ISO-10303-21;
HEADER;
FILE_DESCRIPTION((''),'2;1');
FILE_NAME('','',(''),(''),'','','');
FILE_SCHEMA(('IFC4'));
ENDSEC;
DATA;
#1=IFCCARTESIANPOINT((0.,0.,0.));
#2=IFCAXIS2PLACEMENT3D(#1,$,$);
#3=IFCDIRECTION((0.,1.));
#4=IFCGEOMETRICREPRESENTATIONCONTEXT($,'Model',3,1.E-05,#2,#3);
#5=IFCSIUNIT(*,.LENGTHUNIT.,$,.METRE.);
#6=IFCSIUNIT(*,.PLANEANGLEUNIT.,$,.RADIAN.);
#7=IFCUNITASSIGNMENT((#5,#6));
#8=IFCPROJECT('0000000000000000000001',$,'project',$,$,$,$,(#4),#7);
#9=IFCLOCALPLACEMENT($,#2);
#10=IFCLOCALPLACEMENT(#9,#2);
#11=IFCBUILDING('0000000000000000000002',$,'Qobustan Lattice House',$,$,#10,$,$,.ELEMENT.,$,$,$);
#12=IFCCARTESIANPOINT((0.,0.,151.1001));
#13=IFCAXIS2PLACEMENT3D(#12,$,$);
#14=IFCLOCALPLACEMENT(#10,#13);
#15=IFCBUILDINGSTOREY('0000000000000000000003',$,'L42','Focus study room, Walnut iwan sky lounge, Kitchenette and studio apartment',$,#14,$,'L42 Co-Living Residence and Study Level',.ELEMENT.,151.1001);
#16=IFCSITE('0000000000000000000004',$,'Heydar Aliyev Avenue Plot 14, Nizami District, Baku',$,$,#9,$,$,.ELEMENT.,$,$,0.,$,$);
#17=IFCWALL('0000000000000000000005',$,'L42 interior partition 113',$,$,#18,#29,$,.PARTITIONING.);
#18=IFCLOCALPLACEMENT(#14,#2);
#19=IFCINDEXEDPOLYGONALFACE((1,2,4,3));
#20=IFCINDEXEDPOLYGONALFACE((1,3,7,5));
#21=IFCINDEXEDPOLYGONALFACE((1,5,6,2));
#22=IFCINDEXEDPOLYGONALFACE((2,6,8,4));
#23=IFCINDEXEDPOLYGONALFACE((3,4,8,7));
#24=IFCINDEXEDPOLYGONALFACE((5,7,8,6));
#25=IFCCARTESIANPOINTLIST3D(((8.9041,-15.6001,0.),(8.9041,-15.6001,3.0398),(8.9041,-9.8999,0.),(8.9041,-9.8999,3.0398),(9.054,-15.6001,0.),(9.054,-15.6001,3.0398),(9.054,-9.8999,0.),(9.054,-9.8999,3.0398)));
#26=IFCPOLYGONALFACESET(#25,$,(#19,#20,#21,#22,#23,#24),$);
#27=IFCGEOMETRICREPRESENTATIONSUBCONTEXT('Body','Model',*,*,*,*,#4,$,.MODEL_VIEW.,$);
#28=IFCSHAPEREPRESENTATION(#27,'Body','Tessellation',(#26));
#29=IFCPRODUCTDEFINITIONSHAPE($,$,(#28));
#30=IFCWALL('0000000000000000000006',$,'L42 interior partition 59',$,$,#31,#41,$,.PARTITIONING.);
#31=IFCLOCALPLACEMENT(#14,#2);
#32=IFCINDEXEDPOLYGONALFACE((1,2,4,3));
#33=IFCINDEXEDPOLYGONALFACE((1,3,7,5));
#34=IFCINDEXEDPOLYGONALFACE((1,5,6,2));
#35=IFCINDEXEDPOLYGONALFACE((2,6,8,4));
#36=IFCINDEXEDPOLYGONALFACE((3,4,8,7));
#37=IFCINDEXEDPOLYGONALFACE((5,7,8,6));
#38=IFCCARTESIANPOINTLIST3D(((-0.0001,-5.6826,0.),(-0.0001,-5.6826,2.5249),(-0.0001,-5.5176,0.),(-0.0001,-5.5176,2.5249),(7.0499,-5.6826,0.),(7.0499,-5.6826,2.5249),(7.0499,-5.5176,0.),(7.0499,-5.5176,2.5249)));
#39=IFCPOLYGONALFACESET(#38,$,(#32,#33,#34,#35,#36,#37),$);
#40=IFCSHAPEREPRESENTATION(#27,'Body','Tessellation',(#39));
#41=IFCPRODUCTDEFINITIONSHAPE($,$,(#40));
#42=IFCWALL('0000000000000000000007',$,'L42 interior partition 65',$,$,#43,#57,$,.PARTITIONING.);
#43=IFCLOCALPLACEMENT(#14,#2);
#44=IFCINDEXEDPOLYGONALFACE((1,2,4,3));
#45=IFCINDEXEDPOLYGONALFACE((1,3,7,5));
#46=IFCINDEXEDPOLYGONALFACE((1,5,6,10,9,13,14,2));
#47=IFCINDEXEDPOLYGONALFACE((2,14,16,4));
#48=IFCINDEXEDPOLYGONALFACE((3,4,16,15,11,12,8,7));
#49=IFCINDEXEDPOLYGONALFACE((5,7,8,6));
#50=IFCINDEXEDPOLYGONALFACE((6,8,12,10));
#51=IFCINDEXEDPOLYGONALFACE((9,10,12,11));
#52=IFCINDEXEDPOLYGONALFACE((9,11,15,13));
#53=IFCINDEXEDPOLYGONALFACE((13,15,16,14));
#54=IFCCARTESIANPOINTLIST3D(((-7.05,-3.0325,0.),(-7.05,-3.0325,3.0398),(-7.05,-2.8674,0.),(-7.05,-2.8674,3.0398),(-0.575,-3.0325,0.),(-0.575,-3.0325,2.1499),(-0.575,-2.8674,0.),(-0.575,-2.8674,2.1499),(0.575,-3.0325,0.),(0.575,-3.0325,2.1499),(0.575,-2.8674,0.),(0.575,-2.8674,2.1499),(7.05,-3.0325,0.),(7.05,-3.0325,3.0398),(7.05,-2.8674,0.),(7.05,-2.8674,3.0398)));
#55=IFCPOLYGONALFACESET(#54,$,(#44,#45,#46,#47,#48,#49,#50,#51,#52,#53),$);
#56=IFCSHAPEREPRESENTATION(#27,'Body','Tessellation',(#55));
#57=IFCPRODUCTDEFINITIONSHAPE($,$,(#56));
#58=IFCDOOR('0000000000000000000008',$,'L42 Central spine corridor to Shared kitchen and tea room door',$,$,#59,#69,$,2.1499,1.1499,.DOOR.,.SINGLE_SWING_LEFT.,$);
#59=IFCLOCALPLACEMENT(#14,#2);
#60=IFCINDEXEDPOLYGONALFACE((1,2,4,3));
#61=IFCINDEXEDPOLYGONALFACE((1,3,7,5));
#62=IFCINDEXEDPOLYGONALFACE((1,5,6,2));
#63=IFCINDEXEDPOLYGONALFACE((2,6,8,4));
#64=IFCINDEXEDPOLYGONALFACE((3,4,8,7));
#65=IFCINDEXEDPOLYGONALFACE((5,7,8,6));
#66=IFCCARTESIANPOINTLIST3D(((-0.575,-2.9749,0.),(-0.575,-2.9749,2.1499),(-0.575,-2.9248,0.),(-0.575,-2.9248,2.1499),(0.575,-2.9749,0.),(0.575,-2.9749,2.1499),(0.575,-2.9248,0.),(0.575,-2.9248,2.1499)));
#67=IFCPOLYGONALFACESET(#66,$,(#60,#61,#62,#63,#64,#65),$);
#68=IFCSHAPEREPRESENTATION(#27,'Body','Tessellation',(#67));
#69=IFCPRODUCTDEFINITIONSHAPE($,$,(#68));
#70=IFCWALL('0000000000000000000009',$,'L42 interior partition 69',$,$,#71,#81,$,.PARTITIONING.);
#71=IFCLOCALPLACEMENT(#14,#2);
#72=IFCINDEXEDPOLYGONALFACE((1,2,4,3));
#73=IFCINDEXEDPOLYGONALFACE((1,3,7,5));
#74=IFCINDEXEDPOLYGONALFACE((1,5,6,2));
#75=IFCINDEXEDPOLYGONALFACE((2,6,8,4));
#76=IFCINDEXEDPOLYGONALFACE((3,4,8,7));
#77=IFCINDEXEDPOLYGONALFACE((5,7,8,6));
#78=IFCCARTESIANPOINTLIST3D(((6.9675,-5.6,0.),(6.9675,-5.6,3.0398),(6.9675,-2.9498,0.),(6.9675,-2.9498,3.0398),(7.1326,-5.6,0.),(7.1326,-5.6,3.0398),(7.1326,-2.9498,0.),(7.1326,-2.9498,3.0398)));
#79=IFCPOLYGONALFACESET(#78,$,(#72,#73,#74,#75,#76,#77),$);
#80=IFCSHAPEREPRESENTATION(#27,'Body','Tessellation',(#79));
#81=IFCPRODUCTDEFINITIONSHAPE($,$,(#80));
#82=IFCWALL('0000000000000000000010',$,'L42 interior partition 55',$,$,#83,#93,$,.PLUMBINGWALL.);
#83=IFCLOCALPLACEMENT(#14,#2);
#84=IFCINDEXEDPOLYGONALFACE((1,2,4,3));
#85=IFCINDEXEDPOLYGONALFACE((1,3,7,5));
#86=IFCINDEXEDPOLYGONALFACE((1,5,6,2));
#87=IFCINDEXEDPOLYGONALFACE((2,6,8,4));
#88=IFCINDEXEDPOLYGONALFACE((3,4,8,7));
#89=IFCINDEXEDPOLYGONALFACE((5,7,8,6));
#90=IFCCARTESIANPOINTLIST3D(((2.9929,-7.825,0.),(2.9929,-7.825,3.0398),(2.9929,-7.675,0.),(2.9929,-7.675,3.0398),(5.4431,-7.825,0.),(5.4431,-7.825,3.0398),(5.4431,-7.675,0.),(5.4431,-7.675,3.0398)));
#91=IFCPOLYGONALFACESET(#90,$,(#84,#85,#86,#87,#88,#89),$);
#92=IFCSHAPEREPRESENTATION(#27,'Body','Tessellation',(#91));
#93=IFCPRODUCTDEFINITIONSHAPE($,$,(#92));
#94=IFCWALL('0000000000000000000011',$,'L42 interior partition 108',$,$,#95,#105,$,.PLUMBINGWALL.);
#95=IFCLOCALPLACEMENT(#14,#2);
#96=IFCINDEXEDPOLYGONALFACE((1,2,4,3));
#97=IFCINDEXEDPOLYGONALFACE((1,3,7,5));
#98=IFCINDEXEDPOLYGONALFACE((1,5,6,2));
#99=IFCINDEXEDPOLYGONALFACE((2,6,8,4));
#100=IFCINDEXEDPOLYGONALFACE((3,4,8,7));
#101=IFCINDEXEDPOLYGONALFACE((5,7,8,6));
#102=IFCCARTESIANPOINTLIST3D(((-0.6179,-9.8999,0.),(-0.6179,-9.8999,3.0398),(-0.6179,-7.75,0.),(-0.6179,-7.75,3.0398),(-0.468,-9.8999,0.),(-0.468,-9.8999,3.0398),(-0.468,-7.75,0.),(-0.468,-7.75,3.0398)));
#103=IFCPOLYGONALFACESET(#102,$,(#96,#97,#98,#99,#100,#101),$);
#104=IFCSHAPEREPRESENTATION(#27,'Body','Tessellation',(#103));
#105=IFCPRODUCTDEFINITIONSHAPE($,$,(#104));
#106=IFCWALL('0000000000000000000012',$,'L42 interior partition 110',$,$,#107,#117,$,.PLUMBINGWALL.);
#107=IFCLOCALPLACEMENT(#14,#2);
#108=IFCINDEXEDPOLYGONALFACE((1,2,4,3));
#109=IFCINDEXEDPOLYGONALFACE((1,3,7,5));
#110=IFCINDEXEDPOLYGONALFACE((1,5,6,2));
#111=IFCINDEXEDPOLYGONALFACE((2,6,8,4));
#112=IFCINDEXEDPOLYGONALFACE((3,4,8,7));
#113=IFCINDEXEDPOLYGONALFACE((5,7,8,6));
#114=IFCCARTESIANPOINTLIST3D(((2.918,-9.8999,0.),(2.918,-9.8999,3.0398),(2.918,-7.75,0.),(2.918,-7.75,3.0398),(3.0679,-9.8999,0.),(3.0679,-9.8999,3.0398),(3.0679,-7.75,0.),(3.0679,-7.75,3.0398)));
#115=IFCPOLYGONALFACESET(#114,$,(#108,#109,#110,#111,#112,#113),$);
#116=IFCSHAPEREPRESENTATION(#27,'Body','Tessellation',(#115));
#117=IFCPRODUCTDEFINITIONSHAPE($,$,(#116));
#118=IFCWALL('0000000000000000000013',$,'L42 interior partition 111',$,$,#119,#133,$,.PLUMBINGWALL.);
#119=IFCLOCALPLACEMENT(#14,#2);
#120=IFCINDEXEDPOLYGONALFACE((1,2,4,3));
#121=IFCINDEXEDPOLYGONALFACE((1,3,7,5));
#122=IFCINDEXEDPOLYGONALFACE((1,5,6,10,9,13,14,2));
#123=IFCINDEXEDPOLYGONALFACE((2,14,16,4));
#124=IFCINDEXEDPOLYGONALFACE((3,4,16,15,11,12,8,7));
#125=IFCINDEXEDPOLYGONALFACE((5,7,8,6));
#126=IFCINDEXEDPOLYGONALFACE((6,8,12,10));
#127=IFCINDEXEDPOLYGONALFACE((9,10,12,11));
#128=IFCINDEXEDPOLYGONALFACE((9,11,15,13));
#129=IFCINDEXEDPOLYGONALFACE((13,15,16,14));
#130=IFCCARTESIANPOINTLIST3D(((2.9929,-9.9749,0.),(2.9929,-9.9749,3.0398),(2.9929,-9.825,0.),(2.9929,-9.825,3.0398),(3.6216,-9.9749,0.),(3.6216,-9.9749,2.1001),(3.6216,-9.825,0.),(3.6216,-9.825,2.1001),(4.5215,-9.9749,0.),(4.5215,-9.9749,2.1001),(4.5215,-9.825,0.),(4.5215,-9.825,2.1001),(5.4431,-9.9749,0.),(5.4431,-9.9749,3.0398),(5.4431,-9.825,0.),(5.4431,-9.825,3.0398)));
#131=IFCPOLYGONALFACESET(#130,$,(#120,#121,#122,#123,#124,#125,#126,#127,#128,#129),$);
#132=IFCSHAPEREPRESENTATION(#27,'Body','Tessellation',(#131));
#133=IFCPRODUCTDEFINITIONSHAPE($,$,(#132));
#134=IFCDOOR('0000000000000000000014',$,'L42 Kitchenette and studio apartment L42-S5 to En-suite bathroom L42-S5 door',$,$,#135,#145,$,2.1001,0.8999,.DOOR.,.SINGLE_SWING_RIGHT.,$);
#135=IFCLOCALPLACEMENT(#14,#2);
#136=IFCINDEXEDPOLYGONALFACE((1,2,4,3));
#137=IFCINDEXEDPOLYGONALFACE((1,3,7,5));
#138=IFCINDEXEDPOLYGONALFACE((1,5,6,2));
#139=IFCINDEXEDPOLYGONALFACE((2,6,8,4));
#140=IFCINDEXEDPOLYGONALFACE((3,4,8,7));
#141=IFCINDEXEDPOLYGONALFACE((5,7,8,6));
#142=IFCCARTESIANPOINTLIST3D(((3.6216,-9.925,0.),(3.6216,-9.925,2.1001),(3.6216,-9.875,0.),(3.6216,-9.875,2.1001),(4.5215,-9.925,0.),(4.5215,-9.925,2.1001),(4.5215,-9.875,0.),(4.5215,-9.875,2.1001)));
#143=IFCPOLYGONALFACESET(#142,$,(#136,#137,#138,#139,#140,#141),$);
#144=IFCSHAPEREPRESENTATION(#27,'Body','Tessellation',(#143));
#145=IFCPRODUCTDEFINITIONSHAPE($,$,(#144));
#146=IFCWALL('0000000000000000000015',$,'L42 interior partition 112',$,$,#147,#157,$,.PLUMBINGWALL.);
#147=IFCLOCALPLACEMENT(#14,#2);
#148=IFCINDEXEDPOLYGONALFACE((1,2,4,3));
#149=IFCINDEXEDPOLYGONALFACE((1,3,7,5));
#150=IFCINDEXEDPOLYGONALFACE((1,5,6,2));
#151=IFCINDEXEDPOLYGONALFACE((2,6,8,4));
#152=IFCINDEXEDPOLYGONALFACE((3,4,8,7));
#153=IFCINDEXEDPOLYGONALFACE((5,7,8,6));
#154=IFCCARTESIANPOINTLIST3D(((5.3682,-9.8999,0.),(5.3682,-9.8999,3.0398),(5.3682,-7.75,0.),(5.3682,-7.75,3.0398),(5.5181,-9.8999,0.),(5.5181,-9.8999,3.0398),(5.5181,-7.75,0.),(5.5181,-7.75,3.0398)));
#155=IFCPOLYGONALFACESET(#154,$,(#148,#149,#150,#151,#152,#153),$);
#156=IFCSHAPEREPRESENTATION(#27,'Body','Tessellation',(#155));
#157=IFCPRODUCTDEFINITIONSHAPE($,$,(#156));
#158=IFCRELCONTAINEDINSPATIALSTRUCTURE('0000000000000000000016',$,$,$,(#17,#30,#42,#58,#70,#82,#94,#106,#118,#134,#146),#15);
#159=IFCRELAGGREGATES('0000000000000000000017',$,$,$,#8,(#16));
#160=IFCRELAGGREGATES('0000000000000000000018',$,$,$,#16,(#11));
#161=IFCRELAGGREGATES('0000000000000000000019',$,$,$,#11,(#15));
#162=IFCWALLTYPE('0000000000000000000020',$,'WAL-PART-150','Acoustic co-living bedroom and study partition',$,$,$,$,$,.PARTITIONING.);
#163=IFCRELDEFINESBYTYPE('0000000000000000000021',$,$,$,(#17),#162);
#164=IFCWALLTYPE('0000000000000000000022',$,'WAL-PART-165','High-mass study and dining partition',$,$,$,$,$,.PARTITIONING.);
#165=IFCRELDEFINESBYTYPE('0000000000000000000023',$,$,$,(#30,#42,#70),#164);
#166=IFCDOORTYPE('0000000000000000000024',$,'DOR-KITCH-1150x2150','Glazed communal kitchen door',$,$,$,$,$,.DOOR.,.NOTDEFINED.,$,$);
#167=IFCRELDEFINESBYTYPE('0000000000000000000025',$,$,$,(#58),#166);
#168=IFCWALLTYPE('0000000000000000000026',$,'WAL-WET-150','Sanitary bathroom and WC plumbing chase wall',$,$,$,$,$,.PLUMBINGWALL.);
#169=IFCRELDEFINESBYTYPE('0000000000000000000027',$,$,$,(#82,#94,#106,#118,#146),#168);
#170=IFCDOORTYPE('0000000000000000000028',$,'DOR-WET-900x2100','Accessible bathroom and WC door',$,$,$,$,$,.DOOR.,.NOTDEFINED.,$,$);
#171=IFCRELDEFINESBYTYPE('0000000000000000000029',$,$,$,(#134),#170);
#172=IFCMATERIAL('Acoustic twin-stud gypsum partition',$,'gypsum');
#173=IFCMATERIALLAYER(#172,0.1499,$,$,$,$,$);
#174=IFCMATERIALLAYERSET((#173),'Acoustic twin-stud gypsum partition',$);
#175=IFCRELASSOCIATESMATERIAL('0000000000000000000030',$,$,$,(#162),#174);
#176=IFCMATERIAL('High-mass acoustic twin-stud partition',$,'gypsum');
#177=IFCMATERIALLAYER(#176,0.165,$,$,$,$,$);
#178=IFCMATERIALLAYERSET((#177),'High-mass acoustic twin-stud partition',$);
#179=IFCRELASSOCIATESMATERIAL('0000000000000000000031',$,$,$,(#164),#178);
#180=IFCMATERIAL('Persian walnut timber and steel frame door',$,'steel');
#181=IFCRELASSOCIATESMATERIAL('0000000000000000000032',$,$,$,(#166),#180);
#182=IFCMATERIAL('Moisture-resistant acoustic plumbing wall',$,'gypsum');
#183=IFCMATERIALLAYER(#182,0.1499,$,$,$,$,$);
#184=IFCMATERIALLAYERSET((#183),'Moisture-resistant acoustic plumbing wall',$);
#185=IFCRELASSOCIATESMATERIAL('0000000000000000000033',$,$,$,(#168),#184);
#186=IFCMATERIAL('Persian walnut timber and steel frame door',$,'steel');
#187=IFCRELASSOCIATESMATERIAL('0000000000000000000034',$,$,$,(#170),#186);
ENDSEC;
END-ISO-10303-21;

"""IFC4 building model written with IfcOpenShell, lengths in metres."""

from ifc_helpers import new_model, si_unit, direction, frame, frame_2d, origin, place, context, subcontext, project, spatial, rectangle, extrude, material, layer, layer_set, type_object, element, fill, save


model = new_model("IFC4")

# Units and contexts
model_context = context("Model", 3, precision=1e-05, world=origin(), true_north=direction((0.0, 1.0)))
body_context = subcontext(model_context, "Body", "Model", "MODEL_VIEW")
ifc_project = project(units=[si_unit("LENGTHUNIT", "METRE"), si_unit("PLANEANGLEUNIT", "RADIAN")], contexts=[model_context])

# Site, building, storey
site_placement = place(None, origin())
site = spatial("IfcSite", under=ifc_project, at=site_placement, Name="Heydar Aliyev Avenue Plot 14, Nizami District, Baku", CompositionType="ELEMENT", RefElevation=0.0)
building_placement = place(site_placement, origin())
building = spatial("IfcBuilding", under=site, at=building_placement, Name="Qobustan Lattice House", CompositionType="ELEMENT")
storey_placement = place(building_placement, frame((0.0, 0.0, 151.1001)))
storey = spatial("IfcBuildingStorey", under=building, at=storey_placement, Name="L42", Description="Focus study room, Walnut iwan sky lounge, Kitchenette and studio apartment", LongName="L42 Co-Living Residence and Study Level", CompositionType="ELEMENT", Elevation=151.1001)

# Walls
ifc_material_1 = material(Name="Acoustic twin-stud gypsum partition", Category="gypsum")
ifc_layer_1 = layer(ifc_material_1, 0.1499)
ifc_layer_set_1 = layer_set([ifc_layer_1], Name="Acoustic twin-stud gypsum partition")
wall_type_1 = type_object("IfcWallType", Name="WAL-PART-150", Description="Acoustic co-living bedroom and study partition", PredefinedType="PARTITIONING", material=ifc_layer_set_1)
for number, where, z_axis, x_axis, name in (
    (1, (8.979, -9.8999, 0.0), (0.0, 0.0, 1.0), (0.0, -1.0, 0.0), "L42 interior partition 113"),
):
    element("IfcWall", number, at=place(storey_placement, frame(where, z_axis=z_axis, x_axis=x_axis)), inside=storey, type_object=wall_type_1, Name=name, PredefinedType="PARTITIONING", context=body_context, shape_type="SweptSolid", body=[
        extrude(rectangle(XDim=5.7002, YDim=0.1499, at=frame_2d((2.8501, 0.0))), origin(), (0.0, 0.0, 1.0), 3.0398),
    ])
ifc_material_2 = material(Name="High-mass acoustic twin-stud partition", Category="gypsum")
ifc_layer_2 = layer(ifc_material_2, 0.165)
ifc_layer_set_2 = layer_set([ifc_layer_2], Name="High-mass acoustic twin-stud partition")
wall_type_2 = type_object("IfcWallType", Name="WAL-PART-165", Description="High-mass study and dining partition", PredefinedType="PARTITIONING", material=ifc_layer_set_2)
wall_1_placement = place(storey_placement, frame((0.0, -5.6001, 0.0), z_axis=(0.0, 0.0, 1.0), x_axis=(1.0, 0.0, 0.0)))
element("IfcWall", 2, at=wall_1_placement, inside=storey, type_object=wall_type_2, Name="L42 interior partition 59", PredefinedType="PARTITIONING", context=body_context, shape_type="SweptSolid", body=[
    extrude(rectangle(XDim=7.05, YDim=0.165, at=frame_2d((3.5249, 0.0))), origin(), (0.0, 0.0, 1.0), 2.5249),
])

# Wall, opening, door
wall_2_placement = place(storey_placement, frame((7.05, -2.95, 0.0), z_axis=(0.0, 0.0, 1.0), x_axis=(-1.0, 0.0, 0.0)))
wall_2 = element("IfcWall", 3, at=wall_2_placement, inside=storey, type_object=wall_type_2, Name="L42 interior partition 65", PredefinedType="PARTITIONING", context=body_context, shape_type="SweptSolid", body=[
    extrude(rectangle(XDim=14.1001, YDim=0.165, at=frame_2d((7.05, 0.0))), origin(), (0.0, 0.0, 1.0), 3.0398),
])
opening_1_placement = place(wall_2_placement, frame((6.4751, 0.0, 0.0)))
opening_1 = element("IfcOpeningElement", 4, at=opening_1_placement, cuts=wall_2, PredefinedType="OPENING", context=body_context, shape_type="SweptSolid", body=[
    extrude(rectangle(XDim=1.1499, YDim=2.1499, at=frame_2d((0.575, 1.075))), frame((0.0, 0.0925, 0.0), z_axis=(0.0, -1.0, 0.0), x_axis=(1.0, 0.0, 0.0)), (0.0, 0.0, 1.0), 0.1851),
])
ifc_material_3 = material(Name="Persian walnut timber and steel frame door", Category="steel")
door_type_1 = type_object("IfcDoorType", Name="DOR-KITCH-1150x2150", Description="Glazed communal kitchen door", OperationType="NOTDEFINED", PredefinedType="DOOR", material=ifc_material_3)
door_1_placement = place(opening_1_placement, origin())
door_1 = element("IfcDoor", 5, at=door_1_placement, inside=storey, type_object=door_type_1, Name="L42 Central spine corridor to Shared kitchen and tea room door", OperationType="SINGLE_SWING_LEFT", OverallHeight=2.1499, OverallWidth=1.1499, PredefinedType="DOOR", context=body_context, shape_type="SweptSolid", body=[
    extrude(rectangle(XDim=1.1499, YDim=2.1499, at=frame_2d((0.575, 1.075))), frame((0.0, 0.0249, 0.0), z_axis=(0.0, -1.0, 0.0), x_axis=(1.0, 0.0, 0.0)), (0.0, 0.0, 1.0), 0.05),
])
fill(opening_1, door_1)

# Walls
wall_3_placement = place(storey_placement, frame((7.05, -5.6001, 0.0), z_axis=(0.0, 0.0, 1.0), x_axis=(0.0, 1.0, 0.0)))
element("IfcWall", 6, at=wall_3_placement, inside=storey, type_object=wall_type_2, Name="L42 interior partition 69", PredefinedType="PARTITIONING", context=body_context, shape_type="SweptSolid", body=[
    extrude(rectangle(XDim=2.6501, YDim=0.165, at=frame_2d((1.3252, 0.0))), origin(), (0.0, 0.0, 1.0), 3.0398),
])
ifc_material_4 = material(Name="Moisture-resistant acoustic plumbing wall", Category="gypsum")
ifc_layer_3 = layer(ifc_material_4, 0.1499)
ifc_layer_set_3 = layer_set([ifc_layer_3], Name="Moisture-resistant acoustic plumbing wall")
wall_type_3 = type_object("IfcWallType", Name="WAL-WET-150", Description="Sanitary bathroom and WC plumbing chase wall", PredefinedType="PLUMBINGWALL", material=ifc_layer_set_3)
wall_4_placement = place(storey_placement, frame((5.4431, -7.75, 0.0), z_axis=(0.0, 0.0, 1.0), x_axis=(-1.0, 0.0, 0.0)))
element("IfcWall", 7, at=wall_4_placement, inside=storey, type_object=wall_type_3, Name="L42 interior partition 55", PredefinedType="PLUMBINGWALL", context=body_context, shape_type="SweptSolid", body=[
    extrude(rectangle(XDim=2.4502, YDim=0.1499, at=frame_2d((1.2251, 0.0))), origin(), (0.0, 0.0, 1.0), 3.0398),
])
for number, where, z_axis, x_axis, name in (
    (8, (-0.543, -9.8999, 0.0), (0.0, 0.0, 1.0), (0.0, 1.0, 0.0), "L42 interior partition 108"),
    (9, (2.9929, -7.75, 0.0), (0.0, 0.0, 1.0), (0.0, -1.0, 0.0), "L42 interior partition 110"),
):
    element("IfcWall", number, at=place(storey_placement, frame(where, z_axis=z_axis, x_axis=x_axis)), inside=storey, type_object=wall_type_3, Name=name, PredefinedType="PLUMBINGWALL", context=body_context, shape_type="SweptSolid", body=[
        extrude(rectangle(XDim=2.1499, YDim=0.1499, at=frame_2d((1.075, 0.0))), origin(), (0.0, 0.0, 1.0), 3.0398),
    ])

# Wall, opening, door
wall_5_placement = place(storey_placement, frame((2.9929, -9.8999, 0.0), z_axis=(0.0, 0.0, 1.0), x_axis=(1.0, 0.0, 0.0)))
wall_5 = element("IfcWall", 10, at=wall_5_placement, inside=storey, type_object=wall_type_3, Name="L42 interior partition 111", PredefinedType="PLUMBINGWALL", context=body_context, shape_type="SweptSolid", body=[
    extrude(rectangle(XDim=2.4502, YDim=0.1499, at=frame_2d((1.2251, 0.0))), origin(), (0.0, 0.0, 1.0), 3.0398),
])
opening_2_placement = place(wall_5_placement, frame((0.6287, 0.0, 0.0)))
opening_2 = element("IfcOpeningElement", 11, at=opening_2_placement, cuts=wall_5, PredefinedType="OPENING", context=body_context, shape_type="SweptSolid", body=[
    extrude(rectangle(XDim=0.8999, YDim=2.1001, at=frame_2d((0.45, 1.05))), frame((0.0, 0.085, 0.0), z_axis=(0.0, -1.0, 0.0), x_axis=(1.0, 0.0, 0.0)), (0.0, 0.0, 1.0), 0.1699),
])
ifc_material_5 = material(Name="Persian walnut timber and steel frame door", Category="steel")
door_type_2 = type_object("IfcDoorType", Name="DOR-WET-900x2100", Description="Accessible bathroom and WC door", OperationType="NOTDEFINED", PredefinedType="DOOR", material=ifc_material_5)
door_2_placement = place(opening_2_placement, origin())
door_2 = element("IfcDoor", 12, at=door_2_placement, inside=storey, type_object=door_type_2, Name="L42 Kitchenette and studio apartment L42-S5 to En-suite bathroom L42-S5 door", OperationType="SINGLE_SWING_RIGHT", OverallHeight=2.1001, OverallWidth=0.8999, PredefinedType="DOOR", context=body_context, shape_type="SweptSolid", body=[
    extrude(rectangle(XDim=0.8999, YDim=2.1001, at=frame_2d((0.45, 1.05))), frame((0.0, 0.0249, 0.0), z_axis=(0.0, -1.0, 0.0), x_axis=(1.0, 0.0, 0.0)), (0.0, 0.0, 1.0), 0.05),
])
fill(opening_2, door_2)

# Wall
wall_6_placement = place(storey_placement, frame((5.4431, -9.8999, 0.0), z_axis=(0.0, 0.0, 1.0), x_axis=(0.0, 1.0, 0.0)))
element("IfcWall", 13, at=wall_6_placement, inside=storey, type_object=wall_type_3, Name="L42 interior partition 112", PredefinedType="PLUMBINGWALL", context=body_context, shape_type="SweptSolid", body=[
    extrude(rectangle(XDim=2.1499, YDim=0.1499, at=frame_2d((1.075, 0.0))), origin(), (0.0, 0.0, 1.0), 3.0398),
])

save(model, "model.ifc")
